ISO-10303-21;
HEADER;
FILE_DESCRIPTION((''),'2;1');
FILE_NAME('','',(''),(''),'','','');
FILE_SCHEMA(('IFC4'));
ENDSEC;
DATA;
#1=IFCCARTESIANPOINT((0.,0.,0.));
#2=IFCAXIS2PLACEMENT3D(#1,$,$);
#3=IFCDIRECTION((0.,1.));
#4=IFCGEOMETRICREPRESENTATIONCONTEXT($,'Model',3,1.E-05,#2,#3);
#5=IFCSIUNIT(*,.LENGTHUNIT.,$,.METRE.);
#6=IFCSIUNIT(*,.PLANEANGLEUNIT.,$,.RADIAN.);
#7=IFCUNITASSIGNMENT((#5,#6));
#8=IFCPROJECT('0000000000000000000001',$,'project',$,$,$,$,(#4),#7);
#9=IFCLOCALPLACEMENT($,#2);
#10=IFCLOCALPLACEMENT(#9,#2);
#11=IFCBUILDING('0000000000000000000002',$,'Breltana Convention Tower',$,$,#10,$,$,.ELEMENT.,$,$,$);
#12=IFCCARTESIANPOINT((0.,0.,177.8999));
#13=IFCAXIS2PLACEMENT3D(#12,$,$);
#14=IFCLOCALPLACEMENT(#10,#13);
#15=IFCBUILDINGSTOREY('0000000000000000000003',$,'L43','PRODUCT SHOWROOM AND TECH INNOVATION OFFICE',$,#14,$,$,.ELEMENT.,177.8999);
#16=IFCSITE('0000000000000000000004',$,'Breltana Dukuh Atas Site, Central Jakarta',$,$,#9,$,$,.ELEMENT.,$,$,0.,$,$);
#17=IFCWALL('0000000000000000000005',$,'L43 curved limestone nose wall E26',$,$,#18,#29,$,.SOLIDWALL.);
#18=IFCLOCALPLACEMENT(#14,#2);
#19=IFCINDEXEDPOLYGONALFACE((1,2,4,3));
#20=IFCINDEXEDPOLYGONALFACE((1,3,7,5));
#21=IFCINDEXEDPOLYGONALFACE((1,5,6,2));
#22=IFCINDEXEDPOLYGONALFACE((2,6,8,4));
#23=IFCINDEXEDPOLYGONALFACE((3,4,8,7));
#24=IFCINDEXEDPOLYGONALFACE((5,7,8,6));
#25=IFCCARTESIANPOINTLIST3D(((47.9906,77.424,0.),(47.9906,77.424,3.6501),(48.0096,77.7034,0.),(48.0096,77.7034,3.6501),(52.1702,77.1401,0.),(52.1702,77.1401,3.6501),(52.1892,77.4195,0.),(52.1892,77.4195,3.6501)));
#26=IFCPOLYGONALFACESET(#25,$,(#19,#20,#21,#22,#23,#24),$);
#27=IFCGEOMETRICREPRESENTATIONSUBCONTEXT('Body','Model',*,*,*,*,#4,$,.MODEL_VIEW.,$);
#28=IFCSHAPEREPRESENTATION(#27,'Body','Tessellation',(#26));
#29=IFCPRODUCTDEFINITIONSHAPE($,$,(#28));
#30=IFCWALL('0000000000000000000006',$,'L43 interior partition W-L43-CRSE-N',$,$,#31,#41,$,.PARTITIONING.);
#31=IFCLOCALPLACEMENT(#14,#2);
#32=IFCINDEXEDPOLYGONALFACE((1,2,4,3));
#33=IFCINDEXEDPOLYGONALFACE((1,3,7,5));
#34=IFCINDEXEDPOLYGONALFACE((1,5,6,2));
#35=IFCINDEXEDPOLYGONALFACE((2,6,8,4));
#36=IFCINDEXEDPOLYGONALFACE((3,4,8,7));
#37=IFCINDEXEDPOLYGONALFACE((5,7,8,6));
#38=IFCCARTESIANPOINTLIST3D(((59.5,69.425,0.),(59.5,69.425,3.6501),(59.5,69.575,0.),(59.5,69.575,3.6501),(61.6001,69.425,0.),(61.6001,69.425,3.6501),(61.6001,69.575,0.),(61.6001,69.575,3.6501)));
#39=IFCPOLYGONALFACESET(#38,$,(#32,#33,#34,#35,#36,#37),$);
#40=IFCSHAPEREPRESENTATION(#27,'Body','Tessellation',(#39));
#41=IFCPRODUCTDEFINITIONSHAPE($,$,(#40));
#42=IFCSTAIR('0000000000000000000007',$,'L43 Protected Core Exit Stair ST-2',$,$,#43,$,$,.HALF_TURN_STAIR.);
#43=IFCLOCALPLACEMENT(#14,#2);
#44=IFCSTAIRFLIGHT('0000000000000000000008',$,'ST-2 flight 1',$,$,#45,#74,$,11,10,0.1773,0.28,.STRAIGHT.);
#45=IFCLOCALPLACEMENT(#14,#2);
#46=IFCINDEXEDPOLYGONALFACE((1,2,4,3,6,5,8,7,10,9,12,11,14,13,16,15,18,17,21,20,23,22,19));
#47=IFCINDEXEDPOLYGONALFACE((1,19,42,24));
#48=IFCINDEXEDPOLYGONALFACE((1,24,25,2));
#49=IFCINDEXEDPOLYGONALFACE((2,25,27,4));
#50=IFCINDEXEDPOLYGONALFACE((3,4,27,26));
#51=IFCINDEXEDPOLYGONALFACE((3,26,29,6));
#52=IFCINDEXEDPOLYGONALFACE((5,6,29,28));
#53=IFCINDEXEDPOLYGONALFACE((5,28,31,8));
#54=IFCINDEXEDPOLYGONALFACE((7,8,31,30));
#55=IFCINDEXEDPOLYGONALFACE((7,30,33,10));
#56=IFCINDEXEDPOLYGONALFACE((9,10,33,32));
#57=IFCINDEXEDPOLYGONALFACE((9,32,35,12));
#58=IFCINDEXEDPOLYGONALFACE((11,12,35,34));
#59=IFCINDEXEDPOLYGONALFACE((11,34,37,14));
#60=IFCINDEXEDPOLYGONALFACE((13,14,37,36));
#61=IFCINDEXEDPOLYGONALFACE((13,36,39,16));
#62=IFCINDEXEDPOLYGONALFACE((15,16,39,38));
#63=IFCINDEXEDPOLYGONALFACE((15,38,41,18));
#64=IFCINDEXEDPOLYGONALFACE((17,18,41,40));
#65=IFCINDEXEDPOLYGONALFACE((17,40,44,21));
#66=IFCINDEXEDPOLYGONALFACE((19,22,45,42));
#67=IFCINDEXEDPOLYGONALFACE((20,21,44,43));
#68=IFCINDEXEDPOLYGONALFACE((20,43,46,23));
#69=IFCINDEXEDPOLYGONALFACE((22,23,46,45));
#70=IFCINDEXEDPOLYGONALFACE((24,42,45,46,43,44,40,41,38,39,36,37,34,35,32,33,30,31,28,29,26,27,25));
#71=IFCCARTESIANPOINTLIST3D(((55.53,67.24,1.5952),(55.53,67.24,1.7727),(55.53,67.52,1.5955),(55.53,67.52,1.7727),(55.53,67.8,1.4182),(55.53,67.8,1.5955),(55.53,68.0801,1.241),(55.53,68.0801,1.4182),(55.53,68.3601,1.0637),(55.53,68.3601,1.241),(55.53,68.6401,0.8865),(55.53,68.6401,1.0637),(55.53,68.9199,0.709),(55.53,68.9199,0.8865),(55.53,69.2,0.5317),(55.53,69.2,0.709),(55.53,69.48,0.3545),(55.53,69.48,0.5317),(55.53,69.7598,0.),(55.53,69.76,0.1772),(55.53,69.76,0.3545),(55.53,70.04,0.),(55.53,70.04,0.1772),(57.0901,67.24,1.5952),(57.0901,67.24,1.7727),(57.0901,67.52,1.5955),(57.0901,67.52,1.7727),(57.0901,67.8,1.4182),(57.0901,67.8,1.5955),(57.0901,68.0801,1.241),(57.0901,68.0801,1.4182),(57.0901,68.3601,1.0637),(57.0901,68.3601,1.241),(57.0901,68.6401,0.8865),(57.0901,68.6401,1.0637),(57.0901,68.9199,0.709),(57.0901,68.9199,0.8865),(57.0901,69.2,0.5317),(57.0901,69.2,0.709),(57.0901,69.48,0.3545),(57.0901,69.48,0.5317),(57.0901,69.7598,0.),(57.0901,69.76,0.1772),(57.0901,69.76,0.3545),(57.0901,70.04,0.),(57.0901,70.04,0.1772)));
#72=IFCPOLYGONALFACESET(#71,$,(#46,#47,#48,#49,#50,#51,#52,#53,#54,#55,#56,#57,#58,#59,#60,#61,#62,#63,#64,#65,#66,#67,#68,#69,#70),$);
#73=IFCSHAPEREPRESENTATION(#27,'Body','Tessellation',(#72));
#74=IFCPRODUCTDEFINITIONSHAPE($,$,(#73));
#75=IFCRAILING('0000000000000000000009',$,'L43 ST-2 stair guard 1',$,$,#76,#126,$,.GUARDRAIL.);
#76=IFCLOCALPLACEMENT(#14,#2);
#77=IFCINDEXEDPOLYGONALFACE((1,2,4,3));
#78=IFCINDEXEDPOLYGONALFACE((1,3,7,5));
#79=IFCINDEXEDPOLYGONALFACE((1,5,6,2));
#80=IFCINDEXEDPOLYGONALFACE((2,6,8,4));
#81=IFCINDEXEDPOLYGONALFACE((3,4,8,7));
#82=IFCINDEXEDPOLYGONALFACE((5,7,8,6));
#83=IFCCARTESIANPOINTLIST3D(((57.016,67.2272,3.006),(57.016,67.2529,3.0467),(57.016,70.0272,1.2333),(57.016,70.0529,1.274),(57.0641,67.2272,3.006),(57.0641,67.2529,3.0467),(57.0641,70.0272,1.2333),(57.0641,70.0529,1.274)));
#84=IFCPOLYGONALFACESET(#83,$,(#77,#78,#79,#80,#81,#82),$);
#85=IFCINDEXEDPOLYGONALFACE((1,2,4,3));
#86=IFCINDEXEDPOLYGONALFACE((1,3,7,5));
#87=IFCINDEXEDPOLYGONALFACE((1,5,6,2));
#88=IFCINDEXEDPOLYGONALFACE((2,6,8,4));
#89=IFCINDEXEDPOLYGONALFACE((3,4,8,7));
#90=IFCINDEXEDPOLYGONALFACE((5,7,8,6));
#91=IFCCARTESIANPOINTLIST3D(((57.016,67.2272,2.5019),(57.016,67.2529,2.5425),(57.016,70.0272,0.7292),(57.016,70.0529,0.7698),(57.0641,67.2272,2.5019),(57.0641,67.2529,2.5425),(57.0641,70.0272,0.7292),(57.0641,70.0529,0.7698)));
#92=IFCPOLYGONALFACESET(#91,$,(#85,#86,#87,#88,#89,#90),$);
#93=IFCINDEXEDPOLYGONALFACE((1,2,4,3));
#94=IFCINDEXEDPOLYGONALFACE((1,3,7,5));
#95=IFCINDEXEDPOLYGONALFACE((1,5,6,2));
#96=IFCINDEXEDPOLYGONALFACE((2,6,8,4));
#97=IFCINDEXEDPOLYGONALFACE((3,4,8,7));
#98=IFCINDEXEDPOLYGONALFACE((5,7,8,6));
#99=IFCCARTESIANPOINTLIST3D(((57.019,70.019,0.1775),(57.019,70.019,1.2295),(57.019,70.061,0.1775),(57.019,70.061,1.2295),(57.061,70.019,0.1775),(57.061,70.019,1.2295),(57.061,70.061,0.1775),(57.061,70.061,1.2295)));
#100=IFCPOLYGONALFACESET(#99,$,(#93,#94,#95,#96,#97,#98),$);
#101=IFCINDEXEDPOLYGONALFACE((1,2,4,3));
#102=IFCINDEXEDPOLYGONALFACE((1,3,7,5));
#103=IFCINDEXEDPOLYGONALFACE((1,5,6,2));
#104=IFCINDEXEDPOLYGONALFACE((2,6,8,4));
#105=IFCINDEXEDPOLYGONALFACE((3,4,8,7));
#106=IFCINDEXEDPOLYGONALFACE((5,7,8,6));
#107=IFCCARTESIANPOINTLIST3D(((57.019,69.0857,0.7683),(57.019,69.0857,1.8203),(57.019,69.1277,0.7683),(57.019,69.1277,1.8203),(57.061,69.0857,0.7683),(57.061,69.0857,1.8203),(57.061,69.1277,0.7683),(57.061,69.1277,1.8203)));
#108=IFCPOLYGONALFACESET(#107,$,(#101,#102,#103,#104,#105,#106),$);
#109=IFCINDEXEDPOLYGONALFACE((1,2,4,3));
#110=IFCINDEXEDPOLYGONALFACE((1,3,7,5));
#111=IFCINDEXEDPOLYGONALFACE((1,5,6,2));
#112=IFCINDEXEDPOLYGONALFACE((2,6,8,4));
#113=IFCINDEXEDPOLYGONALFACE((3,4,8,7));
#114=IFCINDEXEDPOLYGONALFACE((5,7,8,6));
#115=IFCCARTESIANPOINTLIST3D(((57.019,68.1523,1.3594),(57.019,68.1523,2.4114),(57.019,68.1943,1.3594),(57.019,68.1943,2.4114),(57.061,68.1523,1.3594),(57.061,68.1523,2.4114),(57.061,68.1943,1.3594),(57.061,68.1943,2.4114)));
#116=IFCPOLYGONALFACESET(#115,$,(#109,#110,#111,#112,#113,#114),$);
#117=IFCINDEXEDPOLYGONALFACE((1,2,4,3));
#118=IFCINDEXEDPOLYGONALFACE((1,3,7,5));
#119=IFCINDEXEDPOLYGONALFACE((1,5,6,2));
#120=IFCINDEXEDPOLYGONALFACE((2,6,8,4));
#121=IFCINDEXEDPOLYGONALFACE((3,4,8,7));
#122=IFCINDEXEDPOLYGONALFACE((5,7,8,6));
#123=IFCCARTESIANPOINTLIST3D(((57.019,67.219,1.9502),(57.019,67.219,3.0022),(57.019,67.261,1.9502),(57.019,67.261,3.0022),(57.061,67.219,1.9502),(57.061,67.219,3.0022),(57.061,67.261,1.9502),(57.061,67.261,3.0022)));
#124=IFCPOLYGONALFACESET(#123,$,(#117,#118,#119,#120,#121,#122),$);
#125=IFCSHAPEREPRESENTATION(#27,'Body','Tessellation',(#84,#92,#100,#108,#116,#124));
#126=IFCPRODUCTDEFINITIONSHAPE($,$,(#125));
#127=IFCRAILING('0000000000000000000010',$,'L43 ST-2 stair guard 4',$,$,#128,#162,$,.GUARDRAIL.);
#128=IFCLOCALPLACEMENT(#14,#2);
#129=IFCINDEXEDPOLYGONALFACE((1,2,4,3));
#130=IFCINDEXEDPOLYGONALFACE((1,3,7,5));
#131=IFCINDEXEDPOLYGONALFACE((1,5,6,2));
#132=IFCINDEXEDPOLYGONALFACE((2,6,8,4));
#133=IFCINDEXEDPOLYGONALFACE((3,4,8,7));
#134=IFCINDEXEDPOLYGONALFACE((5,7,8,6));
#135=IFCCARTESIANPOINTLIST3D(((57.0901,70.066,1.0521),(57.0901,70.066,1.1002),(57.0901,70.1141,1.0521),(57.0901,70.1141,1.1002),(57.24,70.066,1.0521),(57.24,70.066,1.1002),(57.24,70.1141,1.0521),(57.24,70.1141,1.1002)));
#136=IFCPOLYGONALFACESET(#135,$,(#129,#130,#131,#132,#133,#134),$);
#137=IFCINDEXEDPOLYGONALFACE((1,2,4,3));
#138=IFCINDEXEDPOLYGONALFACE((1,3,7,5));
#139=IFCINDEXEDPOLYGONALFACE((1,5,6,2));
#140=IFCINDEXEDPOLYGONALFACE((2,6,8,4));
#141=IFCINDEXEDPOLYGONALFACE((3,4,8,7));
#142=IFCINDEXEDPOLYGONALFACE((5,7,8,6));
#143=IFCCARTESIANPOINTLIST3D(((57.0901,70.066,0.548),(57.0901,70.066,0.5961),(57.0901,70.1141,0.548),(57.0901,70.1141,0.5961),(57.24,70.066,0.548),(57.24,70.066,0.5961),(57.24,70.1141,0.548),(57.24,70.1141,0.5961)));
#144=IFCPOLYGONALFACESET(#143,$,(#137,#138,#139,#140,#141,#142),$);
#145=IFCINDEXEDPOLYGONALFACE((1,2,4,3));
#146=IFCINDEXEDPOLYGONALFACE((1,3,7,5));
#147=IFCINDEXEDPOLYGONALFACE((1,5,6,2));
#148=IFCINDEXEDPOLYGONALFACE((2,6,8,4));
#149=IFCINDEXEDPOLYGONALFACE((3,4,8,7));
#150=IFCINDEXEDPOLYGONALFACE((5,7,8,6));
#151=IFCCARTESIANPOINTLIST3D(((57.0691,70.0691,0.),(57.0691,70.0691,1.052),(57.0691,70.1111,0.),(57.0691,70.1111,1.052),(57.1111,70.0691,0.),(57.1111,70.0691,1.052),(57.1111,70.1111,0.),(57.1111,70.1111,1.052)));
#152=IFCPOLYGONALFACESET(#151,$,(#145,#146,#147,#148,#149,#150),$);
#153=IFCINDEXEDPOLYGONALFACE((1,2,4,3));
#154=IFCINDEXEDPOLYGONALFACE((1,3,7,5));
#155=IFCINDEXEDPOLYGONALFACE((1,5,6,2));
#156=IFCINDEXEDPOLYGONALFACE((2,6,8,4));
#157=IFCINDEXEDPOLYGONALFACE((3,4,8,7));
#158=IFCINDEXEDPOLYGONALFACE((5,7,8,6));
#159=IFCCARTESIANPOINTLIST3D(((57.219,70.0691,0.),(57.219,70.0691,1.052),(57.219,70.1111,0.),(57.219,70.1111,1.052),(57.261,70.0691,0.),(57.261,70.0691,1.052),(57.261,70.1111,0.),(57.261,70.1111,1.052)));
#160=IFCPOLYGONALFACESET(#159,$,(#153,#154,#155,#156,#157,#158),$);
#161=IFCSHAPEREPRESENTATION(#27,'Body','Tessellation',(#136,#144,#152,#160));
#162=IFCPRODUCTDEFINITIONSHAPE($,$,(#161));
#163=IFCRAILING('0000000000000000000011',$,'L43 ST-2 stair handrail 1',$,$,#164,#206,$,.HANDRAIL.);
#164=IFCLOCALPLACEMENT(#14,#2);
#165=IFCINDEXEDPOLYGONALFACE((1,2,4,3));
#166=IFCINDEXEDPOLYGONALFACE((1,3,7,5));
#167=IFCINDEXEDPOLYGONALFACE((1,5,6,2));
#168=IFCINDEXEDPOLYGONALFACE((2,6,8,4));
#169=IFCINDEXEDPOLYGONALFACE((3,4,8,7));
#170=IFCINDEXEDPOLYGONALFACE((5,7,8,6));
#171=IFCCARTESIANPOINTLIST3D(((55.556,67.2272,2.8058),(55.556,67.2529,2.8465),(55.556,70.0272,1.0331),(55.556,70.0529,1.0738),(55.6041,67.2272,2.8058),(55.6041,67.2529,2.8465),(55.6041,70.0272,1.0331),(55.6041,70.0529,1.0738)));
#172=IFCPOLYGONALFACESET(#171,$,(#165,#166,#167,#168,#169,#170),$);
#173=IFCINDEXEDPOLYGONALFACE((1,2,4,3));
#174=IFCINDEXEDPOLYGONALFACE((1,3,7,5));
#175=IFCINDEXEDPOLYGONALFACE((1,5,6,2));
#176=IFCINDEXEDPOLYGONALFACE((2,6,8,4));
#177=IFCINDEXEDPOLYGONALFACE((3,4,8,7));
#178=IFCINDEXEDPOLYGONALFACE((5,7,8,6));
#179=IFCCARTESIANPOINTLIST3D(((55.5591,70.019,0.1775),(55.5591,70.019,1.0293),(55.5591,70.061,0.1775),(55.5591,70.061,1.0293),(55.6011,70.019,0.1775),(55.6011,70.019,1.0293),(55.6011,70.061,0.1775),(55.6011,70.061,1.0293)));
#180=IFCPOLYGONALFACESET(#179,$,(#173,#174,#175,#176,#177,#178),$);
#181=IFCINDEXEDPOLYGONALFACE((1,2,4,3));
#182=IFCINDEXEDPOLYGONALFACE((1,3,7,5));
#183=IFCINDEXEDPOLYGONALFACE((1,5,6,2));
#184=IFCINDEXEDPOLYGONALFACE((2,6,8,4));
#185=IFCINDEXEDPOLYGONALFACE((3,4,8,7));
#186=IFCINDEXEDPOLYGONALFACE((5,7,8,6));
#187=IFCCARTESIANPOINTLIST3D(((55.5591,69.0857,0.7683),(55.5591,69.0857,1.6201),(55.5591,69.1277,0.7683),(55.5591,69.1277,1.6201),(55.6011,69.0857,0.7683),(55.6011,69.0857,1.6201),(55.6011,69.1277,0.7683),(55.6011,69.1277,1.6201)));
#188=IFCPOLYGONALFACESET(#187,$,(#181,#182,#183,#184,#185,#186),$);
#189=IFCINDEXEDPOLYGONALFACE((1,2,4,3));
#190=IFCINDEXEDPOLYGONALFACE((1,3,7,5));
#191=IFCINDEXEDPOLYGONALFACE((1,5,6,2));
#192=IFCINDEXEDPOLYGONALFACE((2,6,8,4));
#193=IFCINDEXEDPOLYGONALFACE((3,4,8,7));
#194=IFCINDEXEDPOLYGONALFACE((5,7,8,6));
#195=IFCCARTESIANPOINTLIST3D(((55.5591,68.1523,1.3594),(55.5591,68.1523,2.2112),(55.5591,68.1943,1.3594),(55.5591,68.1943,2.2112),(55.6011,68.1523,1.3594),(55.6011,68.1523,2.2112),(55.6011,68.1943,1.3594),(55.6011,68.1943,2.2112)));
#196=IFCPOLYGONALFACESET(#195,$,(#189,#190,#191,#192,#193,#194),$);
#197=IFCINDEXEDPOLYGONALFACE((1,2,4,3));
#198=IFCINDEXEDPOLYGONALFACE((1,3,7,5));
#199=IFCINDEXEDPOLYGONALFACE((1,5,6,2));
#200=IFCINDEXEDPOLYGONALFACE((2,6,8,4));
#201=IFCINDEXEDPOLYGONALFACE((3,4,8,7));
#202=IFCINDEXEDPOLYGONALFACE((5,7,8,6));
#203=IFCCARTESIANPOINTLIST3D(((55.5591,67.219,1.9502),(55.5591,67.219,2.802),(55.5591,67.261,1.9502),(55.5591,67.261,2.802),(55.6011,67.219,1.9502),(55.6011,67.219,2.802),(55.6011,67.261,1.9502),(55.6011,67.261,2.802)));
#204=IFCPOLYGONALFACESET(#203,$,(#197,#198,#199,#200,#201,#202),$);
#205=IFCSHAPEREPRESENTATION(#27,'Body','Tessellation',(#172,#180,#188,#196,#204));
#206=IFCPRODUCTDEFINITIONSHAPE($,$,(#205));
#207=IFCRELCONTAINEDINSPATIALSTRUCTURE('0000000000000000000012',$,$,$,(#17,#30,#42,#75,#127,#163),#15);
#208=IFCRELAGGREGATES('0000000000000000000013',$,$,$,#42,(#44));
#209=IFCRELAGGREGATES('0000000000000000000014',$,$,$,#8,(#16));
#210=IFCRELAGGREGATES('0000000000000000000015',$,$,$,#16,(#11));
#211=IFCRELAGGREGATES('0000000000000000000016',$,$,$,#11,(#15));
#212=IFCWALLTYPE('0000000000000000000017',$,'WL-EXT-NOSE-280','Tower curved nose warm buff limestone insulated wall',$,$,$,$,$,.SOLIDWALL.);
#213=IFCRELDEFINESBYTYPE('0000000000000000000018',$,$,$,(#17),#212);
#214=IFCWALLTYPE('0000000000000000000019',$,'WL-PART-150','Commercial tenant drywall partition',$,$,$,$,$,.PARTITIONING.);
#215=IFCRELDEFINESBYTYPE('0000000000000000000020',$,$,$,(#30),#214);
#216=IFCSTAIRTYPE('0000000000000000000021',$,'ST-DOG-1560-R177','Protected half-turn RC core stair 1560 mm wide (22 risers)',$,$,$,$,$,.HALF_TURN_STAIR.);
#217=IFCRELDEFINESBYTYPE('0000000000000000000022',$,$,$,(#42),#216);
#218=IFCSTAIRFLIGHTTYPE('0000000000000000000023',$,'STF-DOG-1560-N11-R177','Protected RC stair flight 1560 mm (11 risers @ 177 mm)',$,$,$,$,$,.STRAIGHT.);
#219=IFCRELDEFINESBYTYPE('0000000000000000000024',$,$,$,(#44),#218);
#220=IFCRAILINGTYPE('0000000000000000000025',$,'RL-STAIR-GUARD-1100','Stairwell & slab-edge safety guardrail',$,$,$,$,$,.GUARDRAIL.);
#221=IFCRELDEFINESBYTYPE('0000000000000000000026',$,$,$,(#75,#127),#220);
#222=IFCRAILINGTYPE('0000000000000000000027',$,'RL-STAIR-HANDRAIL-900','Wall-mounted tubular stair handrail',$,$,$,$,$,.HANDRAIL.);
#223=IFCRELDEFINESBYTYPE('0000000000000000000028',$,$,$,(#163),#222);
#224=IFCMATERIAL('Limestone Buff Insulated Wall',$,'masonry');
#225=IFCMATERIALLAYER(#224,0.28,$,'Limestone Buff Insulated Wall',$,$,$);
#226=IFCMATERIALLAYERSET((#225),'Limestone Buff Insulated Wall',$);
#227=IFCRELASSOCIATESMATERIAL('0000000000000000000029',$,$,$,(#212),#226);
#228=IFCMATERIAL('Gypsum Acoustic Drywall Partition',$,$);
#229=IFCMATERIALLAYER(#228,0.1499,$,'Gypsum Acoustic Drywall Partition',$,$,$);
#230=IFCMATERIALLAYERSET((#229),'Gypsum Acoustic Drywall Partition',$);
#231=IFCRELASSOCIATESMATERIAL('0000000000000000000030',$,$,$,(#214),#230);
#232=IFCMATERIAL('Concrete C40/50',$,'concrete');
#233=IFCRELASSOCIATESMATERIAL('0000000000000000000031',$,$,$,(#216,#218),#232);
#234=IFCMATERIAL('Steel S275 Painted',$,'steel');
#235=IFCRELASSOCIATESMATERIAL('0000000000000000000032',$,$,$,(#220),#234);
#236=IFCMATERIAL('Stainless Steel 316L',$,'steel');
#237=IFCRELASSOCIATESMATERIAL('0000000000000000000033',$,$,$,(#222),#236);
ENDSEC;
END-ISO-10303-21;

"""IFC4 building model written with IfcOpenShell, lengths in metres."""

from ifc_helpers import new_model, si_unit, direction, frame, frame_2d, origin, origin_2d, place, context, subcontext, project, spatial, polyline, rectangle, outline, extrude, source, transform, mapped, material, layer, layer_set, type_object, element, aggregate, save


model = new_model("IFC4")

# Units and contexts
model_context = context("Model", 3, precision=1e-05, world=origin(), true_north=direction((0.0, 1.0)))
body_context = subcontext(model_context, "Body", "Model", "MODEL_VIEW")
ifc_project = project(units=[si_unit("LENGTHUNIT", "METRE"), si_unit("PLANEANGLEUNIT", "RADIAN")], contexts=[model_context])

# Site, building, storey
site_placement = place(None, origin())
site = spatial("IfcSite", under=ifc_project, at=site_placement, Name="Breltana Dukuh Atas Site, Central Jakarta", CompositionType="ELEMENT", RefElevation=0.0)
building_placement = place(site_placement, origin())
building = spatial("IfcBuilding", under=site, at=building_placement, Name="Breltana Convention Tower", CompositionType="ELEMENT")
storey_placement = place(building_placement, frame((0.0, 0.0, 177.8999)))
storey = spatial("IfcBuildingStorey", under=building, at=storey_placement, Name="L43", Description="PRODUCT SHOWROOM AND TECH INNOVATION OFFICE", CompositionType="ELEMENT", Elevation=177.8999)

# Wall
ifc_material_1 = material(Name="Limestone Buff Insulated Wall", Category="masonry")
ifc_layer_1 = layer(ifc_material_1, 0.28, Name="Limestone Buff Insulated Wall")
ifc_layer_set_1 = layer_set([ifc_layer_1], Name="Limestone Buff Insulated Wall")
wall_type_1 = type_object("IfcWallType", Name="WL-EXT-NOSE-280", Description="Tower curved nose warm buff limestone insulated wall", PredefinedType="SOLIDWALL", material=ifc_layer_set_1)
shared_shape_1 = source(origin(), body_context, "Body", "SweptSolid", [
    extrude(rectangle(XDim=4.1892, YDim=0.28, at=frame_2d((2.0947, 0.0))), origin(), (0.0, 0.0, 1.0), 3.6501),
])
wall_1_placement = place(storey_placement, frame((48.0, 77.5637, 0.0), z_axis=(0.0, 0.0, 1.0), x_axis=(0.997701, -0.067776, 0.0)))
element("IfcWall", 1, at=wall_1_placement, inside=storey, type_object=wall_type_1, Name="L43 curved limestone nose wall E26", PredefinedType="SOLIDWALL", context=body_context, shape_type="MappedRepresentation", body=[
    mapped(shared_shape_1, transform((0.0, 0.0, 0.0), scale=1.0)),
])

# Wall
ifc_material_2 = material(Name="Gypsum Acoustic Drywall Partition")
ifc_layer_2 = layer(ifc_material_2, 0.1499, Name="Gypsum Acoustic Drywall Partition")
ifc_layer_set_2 = layer_set([ifc_layer_2], Name="Gypsum Acoustic Drywall Partition")
wall_type_2 = type_object("IfcWallType", Name="WL-PART-150", Description="Commercial tenant drywall partition", PredefinedType="PARTITIONING", material=ifc_layer_set_2)
shared_shape_2 = source(origin(), body_context, "Body", "SweptSolid", [
    extrude(rectangle(XDim=2.1001, YDim=0.1499, at=frame_2d((1.05, 0.0))), origin(), (0.0, 0.0, 1.0), 3.6501),
])
wall_2_placement = place(storey_placement, frame((59.5, 69.5, 0.0), z_axis=(0.0, 0.0, 1.0), x_axis=(1.0, 0.0, 0.0)))
element("IfcWall", 2, at=wall_2_placement, inside=storey, type_object=wall_type_2, Name="L43 interior partition W-L43-CRSE-N", PredefinedType="PARTITIONING", context=body_context, shape_type="MappedRepresentation", body=[
    mapped(shared_shape_2, transform((0.0, 0.0, 0.0), scale=1.0)),
])

# Stair, stair flight
ifc_material_3 = material(Name="Concrete C40/50", Category="concrete")
stair_type = type_object("IfcStairType", Name="ST-DOG-1560-R177", Description="Protected half-turn RC core stair 1560 mm wide (22 risers)", PredefinedType="HALF_TURN_STAIR", material=ifc_material_3)
stair_placement = place(storey_placement, origin())
stair = element("IfcStair", 3, at=stair_placement, inside=storey, type_object=stair_type, Name="L43 Protected Core Exit Stair ST-2", PredefinedType="HALF_TURN_STAIR")
stair_flight_type = type_object("IfcStairFlightType", Name="STF-DOG-1560-N11-R177", Description="Protected RC stair flight 1560 mm (11 risers @ 177 mm)", PredefinedType="STRAIGHT", material=ifc_material_3)
stair_flight_placement = place(storey_placement, frame((56.3101, 70.04, 0.0), z_axis=(0.0, 0.0, 1.0), x_axis=(0.0, -1.0, 0.0)))
stair_flight = element("IfcStairFlight", 4, at=stair_flight_placement, type_object=stair_flight_type, Name="ST-2 flight 1", NumberOfRisers=11, NumberOfTreads=10, PredefinedType="STRAIGHT", RiserHeight=0.1773, TreadLength=0.28, context=body_context, shape_type="SweptSolid", body=[
    extrude(outline(polyline([(0.0, 0.0), (0.0, 0.1772), (0.28, 0.1772), (0.28, 0.3545), (0.5601, 0.3545), (0.5601, 0.5317), (0.8401, 0.5317), (0.8401, 0.709), (1.1201, 0.709), (1.1201, 0.8865), (1.3999, 0.8865), (1.3999, 1.0637), (1.6799, 1.0637), (1.6799, 1.241), (1.96, 1.241), (1.96, 1.4182), (2.24, 1.4182), (2.24, 1.5955), (2.52, 1.5955), (2.52, 1.7727), (2.8, 1.7727), (2.8, 1.95), (2.8, 1.5952), (0.2803, 0.0), (0.0, 0.0)])), frame((0.0, 0.78, 0.0), z_axis=(0.0, -1.0, 0.0), x_axis=(1.0, 0.0, 0.0)), (0.0, 0.0, 1.0), 1.5601),
])
aggregate(stair, [stair_flight])

# Railings
ifc_material_4 = material(Name="Steel S275 Painted", Category="steel")
railing_type_1 = type_object("IfcRailingType", Name="RL-STAIR-GUARD-1100", Description="Stairwell & slab-edge safety guardrail", PredefinedType="GUARDRAIL", material=ifc_material_4)
railing_1_placement = place(storey_placement, frame((57.04, 70.04, 0.1775)))
element("IfcRailing", 5, at=railing_1_placement, inside=storey, type_object=railing_type_1, Name="L43 ST-2 stair guard 1", PredefinedType="GUARDRAIL", context=body_context, shape_type="SweptSolid", body=[
    extrude(rectangle(XDim=0.0481, YDim=0.0481, at=origin_2d()), frame((0.0, 0.0, 1.0762), z_axis=(0.0, -0.844909, 0.53491), x_axis=(1.0, 0.0, 0.0)), (0.0, 0.0, 1.0), 3.314),
    extrude(rectangle(XDim=0.0481, YDim=0.0481, at=origin_2d()), frame((0.0, 0.0, 0.572), z_axis=(0.0, -0.844909, 0.53491), x_axis=(1.0, 0.0, 0.0)), (0.0, 0.0, 1.0), 3.314),
    extrude(rectangle(XDim=0.042, YDim=0.042, at=origin_2d()), origin(), (0.0, 0.0, 1.0), 1.052),
    extrude(rectangle(XDim=0.042, YDim=0.042, at=origin_2d()), frame((0.0, -0.9333, 0.5908)), (0.0, 0.0, 1.0), 1.052),
    extrude(rectangle(XDim=0.042, YDim=0.042, at=origin_2d()), frame((0.0, -1.8667, 1.1819)), (0.0, 0.0, 1.0), 1.052),
    extrude(rectangle(XDim=0.042, YDim=0.042, at=origin_2d()), frame((0.0, -2.8, 1.7727)), (0.0, 0.0, 1.0), 1.052),
])
railing_2_placement = place(storey_placement, frame((57.0901, 70.0901, 0.0)))
element("IfcRailing", 6, at=railing_2_placement, inside=storey, type_object=railing_type_1, Name="L43 ST-2 stair guard 4", PredefinedType="GUARDRAIL", context=body_context, shape_type="SweptSolid", body=[
    extrude(rectangle(XDim=0.0481, YDim=0.0481, at=origin_2d()), frame((0.0, 0.0, 1.0762), z_axis=(1.0, 0.0, 0.0), x_axis=(0.0, 1.0, 0.0)), (0.0, 0.0, 1.0), 0.1499),
    extrude(rectangle(XDim=0.0481, YDim=0.0481, at=origin_2d()), frame((0.0, 0.0, 0.572), z_axis=(1.0, 0.0, 0.0), x_axis=(0.0, 1.0, 0.0)), (0.0, 0.0, 1.0), 0.1499),
    extrude(rectangle(XDim=0.042, YDim=0.042, at=origin_2d()), origin(), (0.0, 0.0, 1.0), 1.052),
    extrude(rectangle(XDim=0.042, YDim=0.042, at=origin_2d()), frame((0.1499, 0.0, 0.0)), (0.0, 0.0, 1.0), 1.052),
])
ifc_material_5 = material(Name="Stainless Steel 316L", Category="steel")
railing_type_2 = type_object("IfcRailingType", Name="RL-STAIR-HANDRAIL-900", Description="Wall-mounted tubular stair handrail", PredefinedType="HANDRAIL", material=ifc_material_5)
railing_3_placement = place(storey_placement, frame((55.5801, 70.04, 0.1775)))
element("IfcRailing", 7, at=railing_3_placement, inside=storey, type_object=railing_type_2, Name="L43 ST-2 stair handrail 1", PredefinedType="HANDRAIL", context=body_context, shape_type="SweptSolid", body=[
    extrude(rectangle(XDim=0.0481, YDim=0.0481, at=origin_2d()), frame((0.0, 0.0, 0.876), z_axis=(0.0, -0.844909, 0.53491), x_axis=(1.0, 0.0, 0.0)), (0.0, 0.0, 1.0), 3.314),
    extrude(rectangle(XDim=0.042, YDim=0.042, at=origin_2d()), origin(), (0.0, 0.0, 1.0), 0.8518),
    extrude(rectangle(XDim=0.042, YDim=0.042, at=origin_2d()), frame((0.0, -0.9333, 0.5908)), (0.0, 0.0, 1.0), 0.8518),
    extrude(rectangle(XDim=0.042, YDim=0.042, at=origin_2d()), frame((0.0, -1.8667, 1.1819)), (0.0, 0.0, 1.0), 0.8518),
    extrude(rectangle(XDim=0.042, YDim=0.042, at=origin_2d()), frame((0.0, -2.8, 1.7727)), (0.0, 0.0, 1.0), 0.8518),
])

save(model, "model.ifc")
